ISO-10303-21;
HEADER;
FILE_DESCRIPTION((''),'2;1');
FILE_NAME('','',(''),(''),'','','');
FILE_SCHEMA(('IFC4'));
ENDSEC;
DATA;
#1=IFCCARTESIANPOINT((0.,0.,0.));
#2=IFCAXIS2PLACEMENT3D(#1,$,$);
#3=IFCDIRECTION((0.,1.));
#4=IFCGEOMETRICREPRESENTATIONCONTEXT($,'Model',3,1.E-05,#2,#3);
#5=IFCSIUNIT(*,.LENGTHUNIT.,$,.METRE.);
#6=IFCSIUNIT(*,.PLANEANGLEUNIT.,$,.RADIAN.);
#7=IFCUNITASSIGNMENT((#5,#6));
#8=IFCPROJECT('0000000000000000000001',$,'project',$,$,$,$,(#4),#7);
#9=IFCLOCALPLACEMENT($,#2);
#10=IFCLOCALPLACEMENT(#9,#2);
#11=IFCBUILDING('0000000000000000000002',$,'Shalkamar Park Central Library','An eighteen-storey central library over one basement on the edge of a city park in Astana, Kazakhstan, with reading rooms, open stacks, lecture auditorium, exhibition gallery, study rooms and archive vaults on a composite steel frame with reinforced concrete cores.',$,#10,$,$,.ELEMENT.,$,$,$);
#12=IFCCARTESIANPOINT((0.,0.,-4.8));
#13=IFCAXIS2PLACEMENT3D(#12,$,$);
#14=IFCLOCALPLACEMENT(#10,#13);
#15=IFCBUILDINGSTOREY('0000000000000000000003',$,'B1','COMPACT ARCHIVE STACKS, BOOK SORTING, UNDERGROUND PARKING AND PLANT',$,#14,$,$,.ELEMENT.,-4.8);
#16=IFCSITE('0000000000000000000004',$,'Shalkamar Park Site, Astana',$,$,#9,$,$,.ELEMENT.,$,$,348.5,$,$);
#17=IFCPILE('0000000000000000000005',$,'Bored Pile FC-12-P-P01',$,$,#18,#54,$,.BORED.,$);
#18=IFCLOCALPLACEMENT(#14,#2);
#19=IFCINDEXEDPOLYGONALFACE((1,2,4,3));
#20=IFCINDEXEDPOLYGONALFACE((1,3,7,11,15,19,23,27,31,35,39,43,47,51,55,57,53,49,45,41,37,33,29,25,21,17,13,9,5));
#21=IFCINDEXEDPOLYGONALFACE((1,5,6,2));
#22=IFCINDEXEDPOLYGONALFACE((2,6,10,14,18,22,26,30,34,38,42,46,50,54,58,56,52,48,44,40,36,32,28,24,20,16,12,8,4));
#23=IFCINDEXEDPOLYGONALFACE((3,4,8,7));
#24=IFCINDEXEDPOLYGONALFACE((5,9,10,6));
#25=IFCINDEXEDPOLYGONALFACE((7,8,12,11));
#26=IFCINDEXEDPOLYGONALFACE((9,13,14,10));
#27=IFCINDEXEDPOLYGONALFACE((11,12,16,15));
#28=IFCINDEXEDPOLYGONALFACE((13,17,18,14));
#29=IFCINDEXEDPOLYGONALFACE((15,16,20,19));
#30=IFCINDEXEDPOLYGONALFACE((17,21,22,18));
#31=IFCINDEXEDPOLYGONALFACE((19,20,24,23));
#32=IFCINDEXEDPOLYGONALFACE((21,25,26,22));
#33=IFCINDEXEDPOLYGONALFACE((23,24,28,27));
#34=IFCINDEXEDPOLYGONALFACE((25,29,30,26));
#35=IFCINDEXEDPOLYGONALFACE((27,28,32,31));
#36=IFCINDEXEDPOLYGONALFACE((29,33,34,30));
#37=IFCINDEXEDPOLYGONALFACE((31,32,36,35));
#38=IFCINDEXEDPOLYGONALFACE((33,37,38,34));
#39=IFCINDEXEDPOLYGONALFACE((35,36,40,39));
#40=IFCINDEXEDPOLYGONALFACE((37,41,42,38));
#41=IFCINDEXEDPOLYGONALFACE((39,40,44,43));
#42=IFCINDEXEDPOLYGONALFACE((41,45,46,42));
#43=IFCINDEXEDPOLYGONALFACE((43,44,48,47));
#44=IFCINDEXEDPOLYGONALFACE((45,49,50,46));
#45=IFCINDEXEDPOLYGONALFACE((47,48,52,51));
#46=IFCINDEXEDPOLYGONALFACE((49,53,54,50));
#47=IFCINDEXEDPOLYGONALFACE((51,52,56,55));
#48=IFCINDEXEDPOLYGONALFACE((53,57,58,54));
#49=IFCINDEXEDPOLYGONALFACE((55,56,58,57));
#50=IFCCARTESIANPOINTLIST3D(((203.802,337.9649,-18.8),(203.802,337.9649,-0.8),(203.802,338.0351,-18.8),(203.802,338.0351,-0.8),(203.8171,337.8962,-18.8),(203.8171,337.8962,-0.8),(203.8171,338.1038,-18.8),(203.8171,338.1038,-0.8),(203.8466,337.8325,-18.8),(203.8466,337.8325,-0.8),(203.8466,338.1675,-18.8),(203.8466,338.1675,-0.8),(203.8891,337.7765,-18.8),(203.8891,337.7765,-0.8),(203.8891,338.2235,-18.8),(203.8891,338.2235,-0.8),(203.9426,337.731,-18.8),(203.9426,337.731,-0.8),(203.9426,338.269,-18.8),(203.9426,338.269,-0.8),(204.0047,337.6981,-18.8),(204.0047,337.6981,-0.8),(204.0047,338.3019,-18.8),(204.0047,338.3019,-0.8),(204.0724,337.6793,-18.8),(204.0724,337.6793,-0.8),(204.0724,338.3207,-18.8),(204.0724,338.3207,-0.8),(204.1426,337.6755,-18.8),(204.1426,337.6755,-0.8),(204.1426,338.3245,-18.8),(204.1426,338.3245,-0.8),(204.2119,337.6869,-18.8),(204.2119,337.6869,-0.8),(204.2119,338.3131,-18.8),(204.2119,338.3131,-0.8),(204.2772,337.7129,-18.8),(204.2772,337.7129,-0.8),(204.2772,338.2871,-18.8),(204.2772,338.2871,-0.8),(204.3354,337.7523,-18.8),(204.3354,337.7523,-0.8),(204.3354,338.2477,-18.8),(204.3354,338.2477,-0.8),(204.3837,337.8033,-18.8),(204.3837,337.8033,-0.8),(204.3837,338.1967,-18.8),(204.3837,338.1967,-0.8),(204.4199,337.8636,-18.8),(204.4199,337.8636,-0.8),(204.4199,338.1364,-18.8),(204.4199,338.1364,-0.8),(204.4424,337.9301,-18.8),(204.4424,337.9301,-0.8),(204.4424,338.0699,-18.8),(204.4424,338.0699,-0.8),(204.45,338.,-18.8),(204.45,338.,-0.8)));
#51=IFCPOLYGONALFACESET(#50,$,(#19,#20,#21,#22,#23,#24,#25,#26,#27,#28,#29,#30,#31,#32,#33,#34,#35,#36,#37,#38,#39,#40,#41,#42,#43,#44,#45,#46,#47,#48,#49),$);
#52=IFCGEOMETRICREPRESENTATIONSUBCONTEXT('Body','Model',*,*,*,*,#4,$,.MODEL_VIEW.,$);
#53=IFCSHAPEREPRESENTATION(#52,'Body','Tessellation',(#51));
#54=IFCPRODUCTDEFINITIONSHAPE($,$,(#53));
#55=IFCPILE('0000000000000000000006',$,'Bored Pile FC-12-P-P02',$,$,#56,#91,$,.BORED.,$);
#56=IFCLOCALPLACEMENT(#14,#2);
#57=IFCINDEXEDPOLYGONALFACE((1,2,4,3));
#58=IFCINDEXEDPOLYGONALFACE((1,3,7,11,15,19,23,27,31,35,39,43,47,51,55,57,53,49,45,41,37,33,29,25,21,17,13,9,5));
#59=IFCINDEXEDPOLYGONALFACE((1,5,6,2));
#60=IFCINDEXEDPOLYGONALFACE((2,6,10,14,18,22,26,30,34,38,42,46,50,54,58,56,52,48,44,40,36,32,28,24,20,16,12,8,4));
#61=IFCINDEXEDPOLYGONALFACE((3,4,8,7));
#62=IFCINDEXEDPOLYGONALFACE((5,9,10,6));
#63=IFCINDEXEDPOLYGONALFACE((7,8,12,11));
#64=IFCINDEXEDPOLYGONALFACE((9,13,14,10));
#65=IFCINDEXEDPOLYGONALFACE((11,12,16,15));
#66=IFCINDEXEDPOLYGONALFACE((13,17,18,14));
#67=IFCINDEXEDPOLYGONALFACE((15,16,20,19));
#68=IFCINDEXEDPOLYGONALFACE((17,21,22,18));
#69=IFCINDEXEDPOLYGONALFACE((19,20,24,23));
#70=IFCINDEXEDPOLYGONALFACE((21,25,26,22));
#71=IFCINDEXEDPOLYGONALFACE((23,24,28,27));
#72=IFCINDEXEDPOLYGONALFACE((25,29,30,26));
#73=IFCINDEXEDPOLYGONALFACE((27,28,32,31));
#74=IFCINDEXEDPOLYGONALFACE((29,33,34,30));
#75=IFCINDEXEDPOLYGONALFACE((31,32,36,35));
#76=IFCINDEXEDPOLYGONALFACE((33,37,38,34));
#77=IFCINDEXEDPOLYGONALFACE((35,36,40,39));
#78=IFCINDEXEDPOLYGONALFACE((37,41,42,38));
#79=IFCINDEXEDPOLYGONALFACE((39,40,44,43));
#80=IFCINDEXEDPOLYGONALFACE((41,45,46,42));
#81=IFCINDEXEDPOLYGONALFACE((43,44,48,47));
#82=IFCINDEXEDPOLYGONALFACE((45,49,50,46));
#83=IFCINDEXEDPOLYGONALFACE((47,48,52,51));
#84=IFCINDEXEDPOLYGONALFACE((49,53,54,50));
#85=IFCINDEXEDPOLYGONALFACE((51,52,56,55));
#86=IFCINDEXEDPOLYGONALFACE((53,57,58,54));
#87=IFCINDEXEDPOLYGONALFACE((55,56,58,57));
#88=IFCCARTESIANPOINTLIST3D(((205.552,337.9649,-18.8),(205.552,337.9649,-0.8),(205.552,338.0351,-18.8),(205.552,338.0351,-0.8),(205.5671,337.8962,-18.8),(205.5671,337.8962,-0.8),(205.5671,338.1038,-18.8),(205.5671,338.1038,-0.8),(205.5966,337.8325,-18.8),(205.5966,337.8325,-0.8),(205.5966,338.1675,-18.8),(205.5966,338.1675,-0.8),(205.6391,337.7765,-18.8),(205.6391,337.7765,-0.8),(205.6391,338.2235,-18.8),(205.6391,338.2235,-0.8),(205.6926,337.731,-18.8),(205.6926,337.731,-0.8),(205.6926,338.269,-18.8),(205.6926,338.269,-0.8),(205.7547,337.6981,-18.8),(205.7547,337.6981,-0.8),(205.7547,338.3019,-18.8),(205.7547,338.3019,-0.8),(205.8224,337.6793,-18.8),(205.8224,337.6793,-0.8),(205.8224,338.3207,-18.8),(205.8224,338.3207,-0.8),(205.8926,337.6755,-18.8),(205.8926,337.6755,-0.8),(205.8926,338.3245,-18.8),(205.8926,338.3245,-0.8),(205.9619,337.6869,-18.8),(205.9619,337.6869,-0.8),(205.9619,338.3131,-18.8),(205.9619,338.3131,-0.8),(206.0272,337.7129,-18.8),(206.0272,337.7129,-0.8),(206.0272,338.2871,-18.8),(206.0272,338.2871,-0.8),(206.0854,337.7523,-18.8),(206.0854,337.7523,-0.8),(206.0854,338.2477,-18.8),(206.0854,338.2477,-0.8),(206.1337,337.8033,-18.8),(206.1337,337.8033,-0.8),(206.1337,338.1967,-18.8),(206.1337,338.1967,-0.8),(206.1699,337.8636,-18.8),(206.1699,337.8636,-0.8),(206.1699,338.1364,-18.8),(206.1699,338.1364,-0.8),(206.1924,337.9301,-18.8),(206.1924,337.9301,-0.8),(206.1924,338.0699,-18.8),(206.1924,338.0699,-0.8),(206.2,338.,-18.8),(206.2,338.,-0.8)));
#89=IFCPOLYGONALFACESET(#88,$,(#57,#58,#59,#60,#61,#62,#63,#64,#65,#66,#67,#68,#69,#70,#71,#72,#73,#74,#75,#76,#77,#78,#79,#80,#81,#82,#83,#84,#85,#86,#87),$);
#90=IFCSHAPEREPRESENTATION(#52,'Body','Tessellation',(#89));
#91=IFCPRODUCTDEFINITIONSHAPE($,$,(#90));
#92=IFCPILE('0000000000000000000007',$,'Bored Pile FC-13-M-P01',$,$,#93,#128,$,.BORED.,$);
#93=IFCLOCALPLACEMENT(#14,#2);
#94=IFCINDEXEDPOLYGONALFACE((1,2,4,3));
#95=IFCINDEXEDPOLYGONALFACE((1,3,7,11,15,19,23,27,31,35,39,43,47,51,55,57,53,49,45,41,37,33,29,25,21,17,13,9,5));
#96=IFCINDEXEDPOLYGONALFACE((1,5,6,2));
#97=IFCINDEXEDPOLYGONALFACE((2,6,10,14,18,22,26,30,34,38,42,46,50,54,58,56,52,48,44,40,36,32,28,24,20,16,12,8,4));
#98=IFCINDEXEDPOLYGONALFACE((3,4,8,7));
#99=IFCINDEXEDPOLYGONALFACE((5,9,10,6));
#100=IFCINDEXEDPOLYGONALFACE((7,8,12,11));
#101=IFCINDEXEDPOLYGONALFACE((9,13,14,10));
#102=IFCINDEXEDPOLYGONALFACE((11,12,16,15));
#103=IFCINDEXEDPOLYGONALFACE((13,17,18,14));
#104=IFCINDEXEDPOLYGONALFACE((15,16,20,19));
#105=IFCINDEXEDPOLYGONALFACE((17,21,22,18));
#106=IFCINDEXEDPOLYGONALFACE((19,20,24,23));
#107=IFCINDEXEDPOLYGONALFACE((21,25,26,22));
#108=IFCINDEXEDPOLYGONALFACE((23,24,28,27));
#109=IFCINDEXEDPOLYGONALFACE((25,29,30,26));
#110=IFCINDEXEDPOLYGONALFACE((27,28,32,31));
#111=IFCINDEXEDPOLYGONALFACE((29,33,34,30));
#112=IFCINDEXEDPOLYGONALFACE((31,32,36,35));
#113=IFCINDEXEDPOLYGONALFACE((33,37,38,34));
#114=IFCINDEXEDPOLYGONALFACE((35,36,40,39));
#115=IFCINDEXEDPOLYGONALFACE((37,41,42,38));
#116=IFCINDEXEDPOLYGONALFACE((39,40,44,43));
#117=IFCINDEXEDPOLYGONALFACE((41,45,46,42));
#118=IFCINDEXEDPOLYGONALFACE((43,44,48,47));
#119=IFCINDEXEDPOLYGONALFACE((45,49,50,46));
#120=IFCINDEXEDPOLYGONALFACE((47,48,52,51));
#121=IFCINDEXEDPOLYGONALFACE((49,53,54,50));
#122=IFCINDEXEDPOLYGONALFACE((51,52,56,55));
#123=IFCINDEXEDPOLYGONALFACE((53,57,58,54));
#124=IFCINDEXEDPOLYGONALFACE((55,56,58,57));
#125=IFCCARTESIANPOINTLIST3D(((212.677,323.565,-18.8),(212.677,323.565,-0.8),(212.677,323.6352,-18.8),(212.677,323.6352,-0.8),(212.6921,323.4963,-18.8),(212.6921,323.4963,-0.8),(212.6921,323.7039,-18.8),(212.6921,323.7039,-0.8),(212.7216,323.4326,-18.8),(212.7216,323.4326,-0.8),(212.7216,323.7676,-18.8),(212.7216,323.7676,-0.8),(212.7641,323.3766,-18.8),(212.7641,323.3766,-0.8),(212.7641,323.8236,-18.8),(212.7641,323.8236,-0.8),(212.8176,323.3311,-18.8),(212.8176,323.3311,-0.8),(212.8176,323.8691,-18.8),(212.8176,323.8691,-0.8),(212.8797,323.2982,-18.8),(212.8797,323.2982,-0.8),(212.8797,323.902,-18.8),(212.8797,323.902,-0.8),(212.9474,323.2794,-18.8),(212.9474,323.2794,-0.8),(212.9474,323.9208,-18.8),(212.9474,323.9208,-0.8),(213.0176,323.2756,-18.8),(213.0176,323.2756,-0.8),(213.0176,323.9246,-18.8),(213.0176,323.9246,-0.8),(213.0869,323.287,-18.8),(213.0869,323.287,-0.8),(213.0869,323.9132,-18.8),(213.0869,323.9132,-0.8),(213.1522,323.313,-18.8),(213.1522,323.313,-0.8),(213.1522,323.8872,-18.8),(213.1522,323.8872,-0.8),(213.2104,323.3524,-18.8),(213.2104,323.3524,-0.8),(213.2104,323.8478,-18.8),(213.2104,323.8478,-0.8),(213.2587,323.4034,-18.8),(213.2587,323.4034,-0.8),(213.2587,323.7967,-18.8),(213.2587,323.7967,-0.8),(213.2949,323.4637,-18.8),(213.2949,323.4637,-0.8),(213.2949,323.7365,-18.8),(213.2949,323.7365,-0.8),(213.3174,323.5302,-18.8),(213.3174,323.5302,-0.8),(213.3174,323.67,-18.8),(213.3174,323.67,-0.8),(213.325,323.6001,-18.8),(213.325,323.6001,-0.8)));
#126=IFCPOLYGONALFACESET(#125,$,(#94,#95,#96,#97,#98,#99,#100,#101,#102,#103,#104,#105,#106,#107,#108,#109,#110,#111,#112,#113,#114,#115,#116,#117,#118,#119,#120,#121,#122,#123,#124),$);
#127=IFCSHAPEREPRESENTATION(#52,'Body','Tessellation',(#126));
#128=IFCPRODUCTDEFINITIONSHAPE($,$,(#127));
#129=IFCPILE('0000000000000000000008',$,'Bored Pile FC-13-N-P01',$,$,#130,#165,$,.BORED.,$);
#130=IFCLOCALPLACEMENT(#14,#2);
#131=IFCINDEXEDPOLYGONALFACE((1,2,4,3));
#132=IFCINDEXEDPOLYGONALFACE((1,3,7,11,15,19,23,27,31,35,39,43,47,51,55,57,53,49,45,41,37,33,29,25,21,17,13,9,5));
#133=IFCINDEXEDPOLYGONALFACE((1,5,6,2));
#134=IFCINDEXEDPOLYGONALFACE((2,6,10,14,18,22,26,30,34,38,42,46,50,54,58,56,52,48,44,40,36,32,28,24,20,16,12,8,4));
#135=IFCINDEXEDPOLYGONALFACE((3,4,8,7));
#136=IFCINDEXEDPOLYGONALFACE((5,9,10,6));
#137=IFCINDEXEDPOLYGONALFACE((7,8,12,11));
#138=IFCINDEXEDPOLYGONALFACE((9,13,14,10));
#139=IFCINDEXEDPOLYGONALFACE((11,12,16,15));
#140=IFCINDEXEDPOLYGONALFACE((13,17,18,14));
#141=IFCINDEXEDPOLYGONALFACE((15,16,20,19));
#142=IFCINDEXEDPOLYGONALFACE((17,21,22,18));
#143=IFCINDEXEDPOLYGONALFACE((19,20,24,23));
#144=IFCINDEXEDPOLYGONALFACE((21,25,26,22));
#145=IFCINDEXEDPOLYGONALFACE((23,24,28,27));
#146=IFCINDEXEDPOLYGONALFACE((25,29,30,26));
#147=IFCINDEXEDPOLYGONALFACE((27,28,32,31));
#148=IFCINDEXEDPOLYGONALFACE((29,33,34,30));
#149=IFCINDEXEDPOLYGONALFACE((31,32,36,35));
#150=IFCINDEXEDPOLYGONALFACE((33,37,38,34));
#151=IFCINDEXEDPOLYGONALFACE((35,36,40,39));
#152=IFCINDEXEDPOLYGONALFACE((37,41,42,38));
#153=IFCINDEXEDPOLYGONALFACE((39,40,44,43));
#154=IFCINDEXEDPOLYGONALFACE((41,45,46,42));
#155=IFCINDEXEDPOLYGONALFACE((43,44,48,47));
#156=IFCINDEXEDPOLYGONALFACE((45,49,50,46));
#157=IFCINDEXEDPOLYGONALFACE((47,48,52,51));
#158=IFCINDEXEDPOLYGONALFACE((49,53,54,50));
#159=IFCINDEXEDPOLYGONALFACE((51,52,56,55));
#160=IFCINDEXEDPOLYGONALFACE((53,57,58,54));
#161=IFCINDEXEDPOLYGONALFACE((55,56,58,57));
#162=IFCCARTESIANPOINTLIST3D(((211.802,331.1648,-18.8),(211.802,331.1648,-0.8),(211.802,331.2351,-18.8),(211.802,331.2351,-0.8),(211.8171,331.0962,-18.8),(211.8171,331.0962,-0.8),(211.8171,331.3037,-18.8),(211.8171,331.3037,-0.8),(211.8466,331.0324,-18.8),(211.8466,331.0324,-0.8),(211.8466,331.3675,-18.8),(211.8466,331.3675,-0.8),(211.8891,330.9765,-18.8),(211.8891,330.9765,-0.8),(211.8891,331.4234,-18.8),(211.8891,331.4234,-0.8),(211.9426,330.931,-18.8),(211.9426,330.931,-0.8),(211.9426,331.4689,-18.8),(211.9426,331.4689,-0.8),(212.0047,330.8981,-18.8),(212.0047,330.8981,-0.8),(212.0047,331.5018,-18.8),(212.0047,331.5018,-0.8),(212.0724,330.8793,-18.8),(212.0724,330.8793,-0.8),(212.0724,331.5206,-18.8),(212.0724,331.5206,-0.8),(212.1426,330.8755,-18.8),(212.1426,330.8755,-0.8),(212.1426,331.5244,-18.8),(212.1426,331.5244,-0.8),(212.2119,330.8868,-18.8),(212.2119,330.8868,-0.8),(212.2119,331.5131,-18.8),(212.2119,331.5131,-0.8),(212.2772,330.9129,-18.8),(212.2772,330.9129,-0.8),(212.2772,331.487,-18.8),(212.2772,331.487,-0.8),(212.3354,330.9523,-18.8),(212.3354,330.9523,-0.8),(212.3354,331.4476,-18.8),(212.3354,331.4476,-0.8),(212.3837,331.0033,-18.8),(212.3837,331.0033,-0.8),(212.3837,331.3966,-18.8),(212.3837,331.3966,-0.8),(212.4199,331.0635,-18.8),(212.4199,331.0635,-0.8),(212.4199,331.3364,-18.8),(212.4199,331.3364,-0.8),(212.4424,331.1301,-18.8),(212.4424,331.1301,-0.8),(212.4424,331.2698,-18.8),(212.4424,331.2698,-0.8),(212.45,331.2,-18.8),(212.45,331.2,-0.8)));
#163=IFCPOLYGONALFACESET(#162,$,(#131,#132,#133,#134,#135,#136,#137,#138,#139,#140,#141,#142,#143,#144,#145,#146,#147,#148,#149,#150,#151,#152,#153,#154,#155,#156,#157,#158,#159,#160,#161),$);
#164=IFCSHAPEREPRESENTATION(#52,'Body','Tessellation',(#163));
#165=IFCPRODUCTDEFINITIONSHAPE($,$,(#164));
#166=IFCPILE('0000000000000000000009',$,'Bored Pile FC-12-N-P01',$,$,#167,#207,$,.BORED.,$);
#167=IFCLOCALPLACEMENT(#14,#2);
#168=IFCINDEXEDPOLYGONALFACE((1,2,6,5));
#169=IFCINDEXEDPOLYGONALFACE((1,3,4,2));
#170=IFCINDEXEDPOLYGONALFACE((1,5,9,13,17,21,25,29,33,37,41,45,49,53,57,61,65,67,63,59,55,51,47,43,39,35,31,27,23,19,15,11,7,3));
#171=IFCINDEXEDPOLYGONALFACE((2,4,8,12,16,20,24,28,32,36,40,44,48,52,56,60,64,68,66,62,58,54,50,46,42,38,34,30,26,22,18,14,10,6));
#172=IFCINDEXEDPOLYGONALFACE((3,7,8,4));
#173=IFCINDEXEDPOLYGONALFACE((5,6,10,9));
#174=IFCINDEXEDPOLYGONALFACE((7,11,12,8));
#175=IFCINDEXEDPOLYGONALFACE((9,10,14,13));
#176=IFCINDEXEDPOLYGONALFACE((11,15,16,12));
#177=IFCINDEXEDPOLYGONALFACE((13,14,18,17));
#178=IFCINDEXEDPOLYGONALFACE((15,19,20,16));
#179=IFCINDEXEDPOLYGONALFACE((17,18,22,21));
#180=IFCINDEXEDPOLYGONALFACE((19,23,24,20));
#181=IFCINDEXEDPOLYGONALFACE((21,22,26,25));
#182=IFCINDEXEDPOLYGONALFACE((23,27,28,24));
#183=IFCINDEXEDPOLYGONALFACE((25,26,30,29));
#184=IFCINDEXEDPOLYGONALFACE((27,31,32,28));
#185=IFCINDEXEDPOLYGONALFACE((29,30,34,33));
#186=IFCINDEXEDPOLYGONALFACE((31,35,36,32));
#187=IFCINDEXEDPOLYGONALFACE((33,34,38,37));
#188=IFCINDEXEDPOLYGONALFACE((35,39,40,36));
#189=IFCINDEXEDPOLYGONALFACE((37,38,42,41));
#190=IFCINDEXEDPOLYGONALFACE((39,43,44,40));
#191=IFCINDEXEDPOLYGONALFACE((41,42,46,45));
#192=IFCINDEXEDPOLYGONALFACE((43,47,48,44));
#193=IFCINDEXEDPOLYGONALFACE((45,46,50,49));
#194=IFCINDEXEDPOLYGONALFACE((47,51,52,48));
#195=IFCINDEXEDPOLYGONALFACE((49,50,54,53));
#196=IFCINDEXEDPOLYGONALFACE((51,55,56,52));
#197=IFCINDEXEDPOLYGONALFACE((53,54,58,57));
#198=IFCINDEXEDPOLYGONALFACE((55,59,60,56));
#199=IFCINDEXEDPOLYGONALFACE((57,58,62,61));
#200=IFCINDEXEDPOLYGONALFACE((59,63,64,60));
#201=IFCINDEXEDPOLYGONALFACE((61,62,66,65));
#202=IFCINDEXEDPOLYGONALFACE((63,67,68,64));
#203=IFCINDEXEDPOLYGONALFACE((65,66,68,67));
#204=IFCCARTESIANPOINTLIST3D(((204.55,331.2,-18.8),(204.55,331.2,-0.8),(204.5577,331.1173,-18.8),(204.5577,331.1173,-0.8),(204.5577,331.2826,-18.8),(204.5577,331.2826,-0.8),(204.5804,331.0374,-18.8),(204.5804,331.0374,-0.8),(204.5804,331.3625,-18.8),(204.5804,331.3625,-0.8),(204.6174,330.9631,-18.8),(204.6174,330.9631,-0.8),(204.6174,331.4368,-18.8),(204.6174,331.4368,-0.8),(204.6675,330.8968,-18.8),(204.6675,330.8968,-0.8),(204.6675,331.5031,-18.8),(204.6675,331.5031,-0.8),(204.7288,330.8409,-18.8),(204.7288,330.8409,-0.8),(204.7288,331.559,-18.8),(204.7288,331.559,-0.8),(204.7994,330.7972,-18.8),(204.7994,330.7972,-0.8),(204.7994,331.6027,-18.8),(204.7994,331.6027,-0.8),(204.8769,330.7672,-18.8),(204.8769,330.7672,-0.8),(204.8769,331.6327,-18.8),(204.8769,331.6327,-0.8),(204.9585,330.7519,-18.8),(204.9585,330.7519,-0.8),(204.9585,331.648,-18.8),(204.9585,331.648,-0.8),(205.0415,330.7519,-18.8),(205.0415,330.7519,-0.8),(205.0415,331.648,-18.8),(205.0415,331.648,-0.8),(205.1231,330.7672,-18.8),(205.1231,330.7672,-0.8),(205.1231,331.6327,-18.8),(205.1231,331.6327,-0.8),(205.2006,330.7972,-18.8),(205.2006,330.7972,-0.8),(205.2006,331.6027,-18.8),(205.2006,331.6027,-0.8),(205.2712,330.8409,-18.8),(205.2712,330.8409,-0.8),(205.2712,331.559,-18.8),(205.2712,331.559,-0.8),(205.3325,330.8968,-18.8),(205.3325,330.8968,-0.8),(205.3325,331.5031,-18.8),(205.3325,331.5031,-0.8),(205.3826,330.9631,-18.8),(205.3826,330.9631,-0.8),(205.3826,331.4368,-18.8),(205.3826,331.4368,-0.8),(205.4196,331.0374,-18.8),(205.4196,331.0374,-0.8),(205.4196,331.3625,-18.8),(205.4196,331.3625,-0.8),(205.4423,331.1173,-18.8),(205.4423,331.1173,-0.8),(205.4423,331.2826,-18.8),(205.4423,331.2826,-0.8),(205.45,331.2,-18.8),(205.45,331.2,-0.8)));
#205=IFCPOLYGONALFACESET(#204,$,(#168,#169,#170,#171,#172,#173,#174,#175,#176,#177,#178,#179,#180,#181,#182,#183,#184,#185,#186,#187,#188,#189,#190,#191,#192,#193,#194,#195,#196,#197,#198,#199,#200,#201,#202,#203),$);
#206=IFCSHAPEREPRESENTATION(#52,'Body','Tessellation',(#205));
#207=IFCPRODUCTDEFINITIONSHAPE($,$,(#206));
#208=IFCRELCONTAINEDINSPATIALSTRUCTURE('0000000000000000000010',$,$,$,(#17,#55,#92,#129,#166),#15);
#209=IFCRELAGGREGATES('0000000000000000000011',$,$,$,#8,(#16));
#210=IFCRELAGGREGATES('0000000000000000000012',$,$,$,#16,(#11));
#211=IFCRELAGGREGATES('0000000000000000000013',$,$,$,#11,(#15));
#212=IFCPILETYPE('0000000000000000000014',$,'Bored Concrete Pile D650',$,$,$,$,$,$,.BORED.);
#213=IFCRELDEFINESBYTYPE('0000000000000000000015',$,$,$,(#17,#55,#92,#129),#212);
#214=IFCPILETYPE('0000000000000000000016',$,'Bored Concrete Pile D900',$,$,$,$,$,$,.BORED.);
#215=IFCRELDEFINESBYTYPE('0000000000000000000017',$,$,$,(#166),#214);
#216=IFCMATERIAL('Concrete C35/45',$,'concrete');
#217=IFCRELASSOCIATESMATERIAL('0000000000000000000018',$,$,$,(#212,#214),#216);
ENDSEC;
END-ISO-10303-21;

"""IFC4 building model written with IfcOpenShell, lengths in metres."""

from ifc_helpers import new_model, si_unit, direction, frame, origin, origin_2d, place, context, subcontext, project, spatial, circle, extrude, material, material_profile, profile_set, type_object, element, save


model = new_model("IFC4")

# Units and contexts
model_context = context("Model", 3, precision=1e-05, world=origin(), true_north=direction((0.0, 1.0)))
body_context = subcontext(model_context, "Body", "Model", "MODEL_VIEW")
ifc_project = project(units=[si_unit("LENGTHUNIT", "METRE"), si_unit("PLANEANGLEUNIT", "RADIAN")], contexts=[model_context])

# Site, building, storey
site_placement = place(None, origin())
site = spatial("IfcSite", under=ifc_project, at=site_placement, Name="Shalkamar Park Site, Astana", CompositionType="ELEMENT", RefElevation=348.5)
building_placement = place(site_placement, origin())
building = spatial("IfcBuilding", under=site, at=building_placement, Name="Shalkamar Park Central Library", Description="An eighteen-storey central library over one basement on the edge of a city park in Astana, Kazakhstan, with reading rooms, open stacks, lecture auditorium, exhibition gallery, study rooms and archive vaults on a composite steel frame with reinforced concrete cores.", CompositionType="ELEMENT")
storey_placement = place(building_placement, frame((0.0, 0.0, -4.8)))
storey = spatial("IfcBuildingStorey", under=building, at=storey_placement, Name="B1", Description="COMPACT ARCHIVE STACKS, BOOK SORTING, UNDERGROUND PARKING AND PLANT", CompositionType="ELEMENT", Elevation=-4.8)

# Piles
ifc_material_1 = material(Name="Concrete C35/45", Category="concrete")
ifc_material_profile_1 = material_profile(ifc_material_1, circle(Radius=0.325, at=origin_2d()), Name="PILE D650")
ifc_profile_set_1 = profile_set([ifc_material_profile_1], Name="Concrete C35/45")
pile_type_1 = type_object("IfcPileType", Name="Bored Concrete Pile D650", PredefinedType="BORED", material=ifc_profile_set_1)
for number, where, z_axis, x_axis, name in (
    (1, (204.125, 338.0, -0.8), (0.0, 0.0, -1.0), (1.0, 0.0, 0.0), "Bored Pile FC-12-P-P01"),
    (2, (205.875, 338.0, -0.8), (0.0, 0.0, -1.0), (1.0, 0.0, 0.0), "Bored Pile FC-12-P-P02"),
    (3, (213.0, 323.6001, -0.8), (0.0, 0.0, -1.0), (1.0, 0.0, 0.0), "Bored Pile FC-13-M-P01"),
    (4, (212.125, 331.2, -0.8), (0.0, 0.0, -1.0), (1.0, 0.0, 0.0), "Bored Pile FC-13-N-P01"),
):
    element("IfcPile", number, at=place(storey_placement, frame(where, z_axis=z_axis, x_axis=x_axis)), inside=storey, type_object=pile_type_1, Name=name, PredefinedType="BORED", context=body_context, shape_type="SweptSolid", body=[
        extrude(circle(Radius=0.325, at=origin_2d()), origin(), (0.0, 0.0, 1.0), 18.0),
    ])
ifc_material_profile_2 = material_profile(ifc_material_1, circle(Radius=0.45, at=origin_2d()), Name="PILE D900")
ifc_profile_set_2 = profile_set([ifc_material_profile_2], Name="Concrete C35/45")
pile_type_2 = type_object("IfcPileType", Name="Bored Concrete Pile D900", PredefinedType="BORED", material=ifc_profile_set_2)
pile_placement = place(storey_placement, frame((205.0, 331.2, -0.8), z_axis=(0.0, 0.0, -1.0), x_axis=(1.0, 0.0, 0.0)))
element("IfcPile", 5, at=pile_placement, inside=storey, type_object=pile_type_2, Name="Bored Pile FC-12-N-P01", PredefinedType="BORED", context=body_context, shape_type="SweptSolid", body=[
    extrude(circle(Radius=0.45, at=origin_2d()), origin(), (0.0, 0.0, 1.0), 18.0),
])

save(model, "model.ifc")
